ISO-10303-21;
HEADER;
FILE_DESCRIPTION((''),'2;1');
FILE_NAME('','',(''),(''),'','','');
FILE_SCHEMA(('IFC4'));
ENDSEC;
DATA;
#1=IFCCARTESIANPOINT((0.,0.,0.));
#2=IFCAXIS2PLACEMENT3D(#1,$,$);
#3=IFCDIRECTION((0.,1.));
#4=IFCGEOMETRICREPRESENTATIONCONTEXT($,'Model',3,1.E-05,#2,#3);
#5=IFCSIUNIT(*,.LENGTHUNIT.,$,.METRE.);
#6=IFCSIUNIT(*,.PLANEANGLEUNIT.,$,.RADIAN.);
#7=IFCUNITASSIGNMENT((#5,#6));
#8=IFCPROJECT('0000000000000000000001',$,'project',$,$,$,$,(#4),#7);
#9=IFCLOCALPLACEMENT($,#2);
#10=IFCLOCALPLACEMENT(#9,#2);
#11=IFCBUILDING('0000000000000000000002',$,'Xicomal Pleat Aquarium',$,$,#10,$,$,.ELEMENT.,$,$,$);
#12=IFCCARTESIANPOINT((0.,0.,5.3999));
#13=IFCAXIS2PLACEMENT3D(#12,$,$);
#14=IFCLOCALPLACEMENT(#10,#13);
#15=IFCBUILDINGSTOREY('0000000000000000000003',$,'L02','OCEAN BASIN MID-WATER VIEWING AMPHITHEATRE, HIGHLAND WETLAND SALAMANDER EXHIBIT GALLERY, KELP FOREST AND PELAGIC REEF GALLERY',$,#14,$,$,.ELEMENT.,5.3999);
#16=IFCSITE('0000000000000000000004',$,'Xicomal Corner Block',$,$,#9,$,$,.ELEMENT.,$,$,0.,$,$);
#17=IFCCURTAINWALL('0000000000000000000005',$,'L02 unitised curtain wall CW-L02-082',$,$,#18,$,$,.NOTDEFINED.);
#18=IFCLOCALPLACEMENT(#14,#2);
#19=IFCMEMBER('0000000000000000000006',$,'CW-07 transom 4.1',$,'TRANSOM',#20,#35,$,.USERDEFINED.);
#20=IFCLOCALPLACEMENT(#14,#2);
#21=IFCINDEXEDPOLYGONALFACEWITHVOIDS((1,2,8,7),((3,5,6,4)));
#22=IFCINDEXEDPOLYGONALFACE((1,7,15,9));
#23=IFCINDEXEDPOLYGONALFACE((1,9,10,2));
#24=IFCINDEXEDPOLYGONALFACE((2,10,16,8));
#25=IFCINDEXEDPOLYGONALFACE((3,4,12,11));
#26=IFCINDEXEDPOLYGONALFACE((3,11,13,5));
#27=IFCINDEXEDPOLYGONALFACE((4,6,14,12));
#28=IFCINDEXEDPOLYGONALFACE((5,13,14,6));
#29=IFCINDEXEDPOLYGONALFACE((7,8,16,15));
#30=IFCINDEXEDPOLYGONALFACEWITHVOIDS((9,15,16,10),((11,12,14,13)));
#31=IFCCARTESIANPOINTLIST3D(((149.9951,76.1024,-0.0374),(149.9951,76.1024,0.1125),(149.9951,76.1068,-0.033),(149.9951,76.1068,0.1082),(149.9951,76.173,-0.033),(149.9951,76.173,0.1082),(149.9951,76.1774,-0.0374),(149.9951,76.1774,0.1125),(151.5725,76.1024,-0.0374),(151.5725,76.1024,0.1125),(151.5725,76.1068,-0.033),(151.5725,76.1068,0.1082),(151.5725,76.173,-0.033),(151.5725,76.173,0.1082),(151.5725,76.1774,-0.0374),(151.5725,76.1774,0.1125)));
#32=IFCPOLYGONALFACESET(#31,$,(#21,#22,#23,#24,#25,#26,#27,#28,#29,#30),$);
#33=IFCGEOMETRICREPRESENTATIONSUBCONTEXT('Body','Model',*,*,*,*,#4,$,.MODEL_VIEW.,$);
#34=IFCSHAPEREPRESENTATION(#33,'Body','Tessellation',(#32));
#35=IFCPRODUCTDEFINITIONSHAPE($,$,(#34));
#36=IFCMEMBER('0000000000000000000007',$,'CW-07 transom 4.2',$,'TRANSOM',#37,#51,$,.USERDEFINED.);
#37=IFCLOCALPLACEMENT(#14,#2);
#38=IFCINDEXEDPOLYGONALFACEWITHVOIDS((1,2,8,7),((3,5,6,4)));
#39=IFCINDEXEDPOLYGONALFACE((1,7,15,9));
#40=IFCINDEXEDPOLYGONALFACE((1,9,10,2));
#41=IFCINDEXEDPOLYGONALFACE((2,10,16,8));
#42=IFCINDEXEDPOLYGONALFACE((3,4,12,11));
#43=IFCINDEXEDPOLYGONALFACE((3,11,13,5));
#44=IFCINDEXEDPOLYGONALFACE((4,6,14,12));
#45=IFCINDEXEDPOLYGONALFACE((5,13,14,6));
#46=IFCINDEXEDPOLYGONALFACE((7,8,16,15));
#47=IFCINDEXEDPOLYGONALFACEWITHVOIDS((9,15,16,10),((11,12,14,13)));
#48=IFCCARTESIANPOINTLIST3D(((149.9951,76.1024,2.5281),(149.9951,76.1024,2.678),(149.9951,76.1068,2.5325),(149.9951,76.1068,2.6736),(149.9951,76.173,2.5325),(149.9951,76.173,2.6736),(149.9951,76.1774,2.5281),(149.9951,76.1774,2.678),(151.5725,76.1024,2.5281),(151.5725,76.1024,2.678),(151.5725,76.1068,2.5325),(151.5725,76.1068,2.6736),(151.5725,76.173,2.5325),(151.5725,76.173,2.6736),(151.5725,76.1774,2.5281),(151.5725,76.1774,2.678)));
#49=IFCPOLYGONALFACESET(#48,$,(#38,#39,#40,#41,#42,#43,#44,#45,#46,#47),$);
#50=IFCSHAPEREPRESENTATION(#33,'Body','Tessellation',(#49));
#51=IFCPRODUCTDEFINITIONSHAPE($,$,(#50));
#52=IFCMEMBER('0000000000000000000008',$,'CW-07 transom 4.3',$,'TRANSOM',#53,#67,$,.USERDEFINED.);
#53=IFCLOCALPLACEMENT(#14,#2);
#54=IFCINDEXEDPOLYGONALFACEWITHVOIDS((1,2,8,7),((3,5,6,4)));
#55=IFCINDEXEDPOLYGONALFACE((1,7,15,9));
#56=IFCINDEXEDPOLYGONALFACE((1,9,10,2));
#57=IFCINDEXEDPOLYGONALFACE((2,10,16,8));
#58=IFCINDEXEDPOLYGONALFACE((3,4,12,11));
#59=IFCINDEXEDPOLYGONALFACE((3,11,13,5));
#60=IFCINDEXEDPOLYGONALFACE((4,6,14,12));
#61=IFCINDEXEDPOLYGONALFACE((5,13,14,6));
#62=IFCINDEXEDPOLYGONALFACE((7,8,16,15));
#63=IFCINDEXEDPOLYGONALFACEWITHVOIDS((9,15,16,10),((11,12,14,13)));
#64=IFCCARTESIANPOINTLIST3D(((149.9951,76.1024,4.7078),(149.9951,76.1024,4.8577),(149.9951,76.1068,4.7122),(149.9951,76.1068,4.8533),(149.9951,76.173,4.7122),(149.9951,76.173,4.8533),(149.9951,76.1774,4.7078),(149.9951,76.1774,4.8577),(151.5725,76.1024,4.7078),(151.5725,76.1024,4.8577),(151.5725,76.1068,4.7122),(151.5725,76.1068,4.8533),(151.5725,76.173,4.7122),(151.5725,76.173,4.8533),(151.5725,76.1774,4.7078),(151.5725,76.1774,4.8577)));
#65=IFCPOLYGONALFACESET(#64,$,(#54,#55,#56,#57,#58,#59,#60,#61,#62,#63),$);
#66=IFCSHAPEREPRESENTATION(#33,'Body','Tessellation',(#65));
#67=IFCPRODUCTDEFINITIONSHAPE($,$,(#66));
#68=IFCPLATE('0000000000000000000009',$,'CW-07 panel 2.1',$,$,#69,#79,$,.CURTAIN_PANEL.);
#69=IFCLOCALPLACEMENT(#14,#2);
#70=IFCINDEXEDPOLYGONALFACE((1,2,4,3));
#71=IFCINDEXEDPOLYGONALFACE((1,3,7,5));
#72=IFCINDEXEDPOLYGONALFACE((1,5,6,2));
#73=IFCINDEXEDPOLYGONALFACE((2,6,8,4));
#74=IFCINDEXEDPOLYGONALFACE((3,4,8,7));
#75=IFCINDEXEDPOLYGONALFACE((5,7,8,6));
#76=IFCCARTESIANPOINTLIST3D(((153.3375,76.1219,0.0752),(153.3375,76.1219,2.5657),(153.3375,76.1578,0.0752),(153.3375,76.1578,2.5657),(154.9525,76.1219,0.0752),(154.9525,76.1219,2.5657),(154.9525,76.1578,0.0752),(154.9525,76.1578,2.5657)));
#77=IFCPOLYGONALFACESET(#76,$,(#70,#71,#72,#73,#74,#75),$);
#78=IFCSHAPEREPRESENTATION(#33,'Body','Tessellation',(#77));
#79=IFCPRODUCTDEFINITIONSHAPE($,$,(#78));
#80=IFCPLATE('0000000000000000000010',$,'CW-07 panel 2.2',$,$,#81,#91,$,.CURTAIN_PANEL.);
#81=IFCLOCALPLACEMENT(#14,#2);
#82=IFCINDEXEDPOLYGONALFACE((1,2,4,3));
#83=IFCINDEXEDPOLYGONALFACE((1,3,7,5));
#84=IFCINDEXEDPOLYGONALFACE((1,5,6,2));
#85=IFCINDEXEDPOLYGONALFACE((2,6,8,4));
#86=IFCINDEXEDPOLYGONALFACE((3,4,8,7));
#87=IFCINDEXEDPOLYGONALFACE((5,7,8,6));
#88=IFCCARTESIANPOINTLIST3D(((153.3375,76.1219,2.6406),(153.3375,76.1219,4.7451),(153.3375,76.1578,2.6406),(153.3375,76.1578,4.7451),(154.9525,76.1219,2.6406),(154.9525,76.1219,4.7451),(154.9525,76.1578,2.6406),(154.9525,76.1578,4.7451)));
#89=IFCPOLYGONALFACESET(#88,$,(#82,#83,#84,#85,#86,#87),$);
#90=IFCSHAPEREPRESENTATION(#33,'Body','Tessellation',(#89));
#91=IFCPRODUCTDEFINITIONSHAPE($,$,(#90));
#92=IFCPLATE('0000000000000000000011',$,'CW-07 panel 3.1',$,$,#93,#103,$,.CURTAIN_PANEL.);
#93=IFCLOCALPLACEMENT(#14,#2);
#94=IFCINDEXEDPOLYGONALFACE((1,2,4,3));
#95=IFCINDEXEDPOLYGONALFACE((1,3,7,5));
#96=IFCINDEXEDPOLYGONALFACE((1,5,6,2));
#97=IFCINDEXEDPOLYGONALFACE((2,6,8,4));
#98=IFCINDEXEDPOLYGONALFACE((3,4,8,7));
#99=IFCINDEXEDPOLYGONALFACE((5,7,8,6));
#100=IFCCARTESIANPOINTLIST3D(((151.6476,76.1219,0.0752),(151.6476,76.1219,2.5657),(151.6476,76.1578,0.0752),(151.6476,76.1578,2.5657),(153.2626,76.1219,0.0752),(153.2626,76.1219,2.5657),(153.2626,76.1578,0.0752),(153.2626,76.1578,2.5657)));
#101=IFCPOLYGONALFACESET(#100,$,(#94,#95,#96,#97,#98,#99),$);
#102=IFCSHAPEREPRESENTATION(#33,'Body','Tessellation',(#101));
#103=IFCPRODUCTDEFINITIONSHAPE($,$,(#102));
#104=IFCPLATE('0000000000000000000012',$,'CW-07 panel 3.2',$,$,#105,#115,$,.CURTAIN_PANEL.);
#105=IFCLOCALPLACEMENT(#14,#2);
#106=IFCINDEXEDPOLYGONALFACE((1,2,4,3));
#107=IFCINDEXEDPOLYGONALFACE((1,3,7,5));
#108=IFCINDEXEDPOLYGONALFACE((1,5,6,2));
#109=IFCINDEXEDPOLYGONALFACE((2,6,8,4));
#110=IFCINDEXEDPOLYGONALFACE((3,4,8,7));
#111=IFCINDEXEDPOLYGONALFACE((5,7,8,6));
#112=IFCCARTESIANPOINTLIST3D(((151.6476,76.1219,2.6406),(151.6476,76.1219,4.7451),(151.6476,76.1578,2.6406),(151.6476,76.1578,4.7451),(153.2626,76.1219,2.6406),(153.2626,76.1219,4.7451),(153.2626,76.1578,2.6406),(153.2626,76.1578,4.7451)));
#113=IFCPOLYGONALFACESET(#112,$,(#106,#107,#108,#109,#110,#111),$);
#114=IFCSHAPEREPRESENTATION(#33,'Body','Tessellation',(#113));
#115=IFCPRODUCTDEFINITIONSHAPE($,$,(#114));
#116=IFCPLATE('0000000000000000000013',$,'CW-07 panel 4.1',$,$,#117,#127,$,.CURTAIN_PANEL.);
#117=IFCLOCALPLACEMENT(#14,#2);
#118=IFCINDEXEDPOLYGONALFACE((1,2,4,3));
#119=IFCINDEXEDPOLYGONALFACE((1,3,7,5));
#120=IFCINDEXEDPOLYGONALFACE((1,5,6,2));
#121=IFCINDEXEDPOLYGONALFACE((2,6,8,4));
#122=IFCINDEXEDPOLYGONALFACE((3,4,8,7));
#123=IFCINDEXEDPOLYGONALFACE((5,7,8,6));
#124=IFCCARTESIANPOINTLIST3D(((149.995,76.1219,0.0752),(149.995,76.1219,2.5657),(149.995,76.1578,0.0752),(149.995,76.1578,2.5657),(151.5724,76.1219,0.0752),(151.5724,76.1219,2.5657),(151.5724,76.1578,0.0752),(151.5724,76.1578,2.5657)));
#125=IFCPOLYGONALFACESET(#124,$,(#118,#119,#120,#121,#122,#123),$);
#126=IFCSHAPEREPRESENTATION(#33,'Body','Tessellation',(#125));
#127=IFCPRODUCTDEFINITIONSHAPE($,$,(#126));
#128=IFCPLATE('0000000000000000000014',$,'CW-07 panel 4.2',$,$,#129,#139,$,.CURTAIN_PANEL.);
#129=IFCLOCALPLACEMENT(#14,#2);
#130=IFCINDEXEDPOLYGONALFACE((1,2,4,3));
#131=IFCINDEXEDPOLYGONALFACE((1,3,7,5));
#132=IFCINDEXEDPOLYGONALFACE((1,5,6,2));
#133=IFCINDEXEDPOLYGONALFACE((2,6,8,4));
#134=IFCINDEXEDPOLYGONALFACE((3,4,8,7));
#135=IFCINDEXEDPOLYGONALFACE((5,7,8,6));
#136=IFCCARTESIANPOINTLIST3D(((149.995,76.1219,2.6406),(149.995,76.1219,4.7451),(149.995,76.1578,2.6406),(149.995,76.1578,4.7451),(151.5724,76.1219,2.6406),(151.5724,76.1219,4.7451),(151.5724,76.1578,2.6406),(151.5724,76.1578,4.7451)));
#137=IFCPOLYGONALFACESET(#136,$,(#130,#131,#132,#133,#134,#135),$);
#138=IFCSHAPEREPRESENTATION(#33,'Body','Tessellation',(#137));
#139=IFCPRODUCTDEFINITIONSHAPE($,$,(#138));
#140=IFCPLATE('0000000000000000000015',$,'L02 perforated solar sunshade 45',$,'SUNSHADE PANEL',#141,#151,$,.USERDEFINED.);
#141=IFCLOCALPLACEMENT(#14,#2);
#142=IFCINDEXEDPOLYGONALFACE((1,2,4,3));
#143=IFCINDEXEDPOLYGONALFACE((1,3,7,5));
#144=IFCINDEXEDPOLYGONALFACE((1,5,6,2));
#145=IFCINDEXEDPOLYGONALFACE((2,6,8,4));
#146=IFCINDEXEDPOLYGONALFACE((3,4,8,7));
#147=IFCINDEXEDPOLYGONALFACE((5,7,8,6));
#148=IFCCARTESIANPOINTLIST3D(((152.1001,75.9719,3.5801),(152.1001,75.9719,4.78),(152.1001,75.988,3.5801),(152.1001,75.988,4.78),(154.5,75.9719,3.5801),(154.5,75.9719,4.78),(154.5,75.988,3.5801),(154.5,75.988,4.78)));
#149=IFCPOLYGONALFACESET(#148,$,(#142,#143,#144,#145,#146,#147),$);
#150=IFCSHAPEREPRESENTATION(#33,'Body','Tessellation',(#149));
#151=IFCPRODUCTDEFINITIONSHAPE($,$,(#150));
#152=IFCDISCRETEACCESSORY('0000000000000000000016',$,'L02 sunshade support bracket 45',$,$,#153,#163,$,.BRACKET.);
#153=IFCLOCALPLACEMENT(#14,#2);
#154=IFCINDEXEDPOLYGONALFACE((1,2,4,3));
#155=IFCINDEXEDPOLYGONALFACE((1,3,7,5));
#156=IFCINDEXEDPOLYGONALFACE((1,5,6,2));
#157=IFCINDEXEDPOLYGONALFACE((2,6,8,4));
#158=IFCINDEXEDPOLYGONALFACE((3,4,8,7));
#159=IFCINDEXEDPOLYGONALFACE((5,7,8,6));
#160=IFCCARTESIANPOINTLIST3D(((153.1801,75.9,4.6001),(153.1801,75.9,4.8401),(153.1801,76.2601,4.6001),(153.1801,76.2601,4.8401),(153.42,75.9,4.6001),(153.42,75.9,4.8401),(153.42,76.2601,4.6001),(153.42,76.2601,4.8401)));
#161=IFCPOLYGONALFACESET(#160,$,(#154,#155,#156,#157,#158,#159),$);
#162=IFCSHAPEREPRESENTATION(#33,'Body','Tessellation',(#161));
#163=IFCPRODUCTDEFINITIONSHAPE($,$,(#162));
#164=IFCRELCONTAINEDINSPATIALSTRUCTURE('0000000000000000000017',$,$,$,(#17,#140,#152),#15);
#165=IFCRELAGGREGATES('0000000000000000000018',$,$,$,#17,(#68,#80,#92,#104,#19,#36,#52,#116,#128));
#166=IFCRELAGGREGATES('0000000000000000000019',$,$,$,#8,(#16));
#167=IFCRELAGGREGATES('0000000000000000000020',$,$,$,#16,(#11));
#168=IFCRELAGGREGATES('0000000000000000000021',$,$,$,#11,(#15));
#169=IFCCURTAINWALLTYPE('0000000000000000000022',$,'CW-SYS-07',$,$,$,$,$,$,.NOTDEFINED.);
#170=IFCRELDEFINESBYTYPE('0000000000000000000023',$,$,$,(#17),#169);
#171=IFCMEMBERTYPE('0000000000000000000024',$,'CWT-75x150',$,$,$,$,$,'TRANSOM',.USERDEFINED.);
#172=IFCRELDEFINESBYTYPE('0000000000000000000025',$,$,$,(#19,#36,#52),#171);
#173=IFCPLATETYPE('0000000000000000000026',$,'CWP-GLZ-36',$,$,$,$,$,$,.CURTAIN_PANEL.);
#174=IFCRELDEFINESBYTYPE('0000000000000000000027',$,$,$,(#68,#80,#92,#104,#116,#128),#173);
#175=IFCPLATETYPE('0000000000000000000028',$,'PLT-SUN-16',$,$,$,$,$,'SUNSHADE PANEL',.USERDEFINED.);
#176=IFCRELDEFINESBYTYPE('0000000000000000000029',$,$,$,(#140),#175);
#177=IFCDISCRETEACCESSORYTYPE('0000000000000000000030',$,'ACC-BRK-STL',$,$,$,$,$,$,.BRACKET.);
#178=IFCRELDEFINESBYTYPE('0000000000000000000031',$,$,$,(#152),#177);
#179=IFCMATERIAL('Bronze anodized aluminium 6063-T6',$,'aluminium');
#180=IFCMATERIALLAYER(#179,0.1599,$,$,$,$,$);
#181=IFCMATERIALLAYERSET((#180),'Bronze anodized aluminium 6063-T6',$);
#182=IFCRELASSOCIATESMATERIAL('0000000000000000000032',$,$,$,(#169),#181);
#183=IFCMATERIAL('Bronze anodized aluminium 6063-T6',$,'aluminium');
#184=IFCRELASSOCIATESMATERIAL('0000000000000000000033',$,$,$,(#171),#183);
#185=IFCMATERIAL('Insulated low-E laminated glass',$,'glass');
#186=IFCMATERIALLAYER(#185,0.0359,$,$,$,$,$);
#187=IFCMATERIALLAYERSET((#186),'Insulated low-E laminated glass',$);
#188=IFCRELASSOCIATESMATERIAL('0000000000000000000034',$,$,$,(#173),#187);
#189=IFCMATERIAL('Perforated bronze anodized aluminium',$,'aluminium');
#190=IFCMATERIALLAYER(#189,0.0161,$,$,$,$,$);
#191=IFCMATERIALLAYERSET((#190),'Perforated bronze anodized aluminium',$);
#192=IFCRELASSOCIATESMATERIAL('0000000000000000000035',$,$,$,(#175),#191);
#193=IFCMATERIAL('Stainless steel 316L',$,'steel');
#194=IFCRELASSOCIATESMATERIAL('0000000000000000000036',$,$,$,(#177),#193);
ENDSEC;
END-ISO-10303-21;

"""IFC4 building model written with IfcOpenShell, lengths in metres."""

from ifc_helpers import new_model, si_unit, direction, frame, origin, origin_2d, place, context, subcontext, project, spatial, rectangle, hollow_rectangle, extrude, material, layer, layer_set, material_profile, profile_set, type_object, element, aggregate, save


model = new_model("IFC4")

# Units and contexts
model_context = context("Model", 3, precision=1e-05, world=origin(), true_north=direction((0.0, 1.0)))
body_context = subcontext(model_context, "Body", "Model", "MODEL_VIEW")
ifc_project = project(units=[si_unit("LENGTHUNIT", "METRE"), si_unit("PLANEANGLEUNIT", "RADIAN")], contexts=[model_context])

# Site, building, storey
site_placement = place(None, origin())
site = spatial("IfcSite", under=ifc_project, at=site_placement, Name="Xicomal Corner Block", CompositionType="ELEMENT", RefElevation=0.0)
building_placement = place(site_placement, origin())
building = spatial("IfcBuilding", under=site, at=building_placement, Name="Xicomal Pleat Aquarium", CompositionType="ELEMENT")
storey_placement = place(building_placement, frame((0.0, 0.0, 5.3999)))
storey = spatial("IfcBuildingStorey", under=building, at=storey_placement, Name="L02", Description="OCEAN BASIN MID-WATER VIEWING AMPHITHEATRE, HIGHLAND WETLAND SALAMANDER EXHIBIT GALLERY, KELP FOREST AND PELAGIC REEF GALLERY", CompositionType="ELEMENT", Elevation=5.3999)

# Curtain wall, members, plates
ifc_material_1 = material(Name="Bronze anodized aluminium 6063-T6", Category="aluminium")
ifc_layer_1 = layer(ifc_material_1, 0.1599)
ifc_layer_set_1 = layer_set([ifc_layer_1], Name="Bronze anodized aluminium 6063-T6")
curtain_wall_type = type_object("IfcCurtainWallType", Name="CW-SYS-07", PredefinedType="NOTDEFINED", material=ifc_layer_set_1)
curtain_wall_placement = place(storey_placement, origin())
curtain_wall = element("IfcCurtainWall", 1, at=curtain_wall_placement, inside=storey, type_object=curtain_wall_type, Name="L02 unitised curtain wall CW-L02-082", PredefinedType="NOTDEFINED")
ifc_material_2 = material(Name="Bronze anodized aluminium 6063-T6", Category="aluminium")
ifc_material_profile_1 = material_profile(ifc_material_2, hollow_rectangle(XDim=0.075, YDim=0.1499, WallThickness=0.0044, at=origin_2d()), Name="ALU TRAN 75x150")
ifc_profile_set_1 = profile_set([ifc_material_profile_1], Name="Bronze anodized aluminium 6063-T6")
member_type_1 = type_object("IfcMemberType", Name="CWT-75x150", ElementType="TRANSOM", PredefinedType="USERDEFINED", material=ifc_profile_set_1)
member_1_placement = place(storey_placement, frame((151.5725, 76.1399, 0.0376), z_axis=(-1.0, 0.0, 0.0), x_axis=(0.0, -1.0, 0.0)))
member_1 = element("IfcMember", 2, at=member_1_placement, type_object=member_type_1, Name="CW-07 transom 4.1", ObjectType="TRANSOM", PredefinedType="USERDEFINED", context=body_context, shape_type="SweptSolid", body=[
    extrude(hollow_rectangle(XDim=0.075, YDim=0.1499, WallThickness=0.0044, at=origin_2d()), origin(), (0.0, 0.0, 1.0), 1.5774),
])
member_2_placement = place(storey_placement, frame((151.5725, 76.1399, 2.603), z_axis=(-1.0, 0.0, 0.0), x_axis=(0.0, -1.0, 0.0)))
member_2 = element("IfcMember", 3, at=member_2_placement, type_object=member_type_1, Name="CW-07 transom 4.2", ObjectType="TRANSOM", PredefinedType="USERDEFINED", context=body_context, shape_type="SweptSolid", body=[
    extrude(hollow_rectangle(XDim=0.075, YDim=0.1499, WallThickness=0.0044, at=origin_2d()), origin(), (0.0, 0.0, 1.0), 1.5774),
])
member_3_placement = place(storey_placement, frame((151.5725, 76.1399, 4.7827), z_axis=(-1.0, 0.0, 0.0), x_axis=(0.0, -1.0, 0.0)))
member_3 = element("IfcMember", 4, at=member_3_placement, type_object=member_type_1, Name="CW-07 transom 4.3", ObjectType="TRANSOM", PredefinedType="USERDEFINED", context=body_context, shape_type="SweptSolid", body=[
    extrude(hollow_rectangle(XDim=0.075, YDim=0.1499, WallThickness=0.0044, at=origin_2d()), origin(), (0.0, 0.0, 1.0), 1.5774),
])
ifc_material_3 = material(Name="Insulated low-E laminated glass", Category="glass")
ifc_layer_2 = layer(ifc_material_3, 0.0359)
ifc_layer_set_2 = layer_set([ifc_layer_2], Name="Insulated low-E laminated glass")
plate_type_1 = type_object("IfcPlateType", Name="CWP-GLZ-36", PredefinedType="CURTAIN_PANEL", material=ifc_layer_set_2)
plate_1_placement = place(storey_placement, frame((154.145, 76.1399, 0.0752), z_axis=(0.0, 0.0, 1.0), x_axis=(-1.0, 0.0, 0.0)))
plate_1 = element("IfcPlate", 5, at=plate_1_placement, type_object=plate_type_1, Name="CW-07 panel 2.1", PredefinedType="CURTAIN_PANEL", context=body_context, shape_type="SweptSolid", body=[
    extrude(rectangle(XDim=1.615, YDim=0.0359, at=origin_2d()), origin(), (0.0, 0.0, 1.0), 2.4905),
])
plate_2_placement = place(storey_placement, frame((154.145, 76.1399, 2.6406), z_axis=(0.0, 0.0, 1.0), x_axis=(-1.0, 0.0, 0.0)))
plate_2 = element("IfcPlate", 6, at=plate_2_placement, type_object=plate_type_1, Name="CW-07 panel 2.2", PredefinedType="CURTAIN_PANEL", context=body_context, shape_type="SweptSolid", body=[
    extrude(rectangle(XDim=1.615, YDim=0.0359, at=origin_2d()), origin(), (0.0, 0.0, 1.0), 2.1045),
])
plate_3_placement = place(storey_placement, frame((152.4551, 76.1399, 0.0752), z_axis=(0.0, 0.0, 1.0), x_axis=(-1.0, 0.0, 0.0)))
plate_3 = element("IfcPlate", 7, at=plate_3_placement, type_object=plate_type_1, Name="CW-07 panel 3.1", PredefinedType="CURTAIN_PANEL", context=body_context, shape_type="SweptSolid", body=[
    extrude(rectangle(XDim=1.615, YDim=0.0359, at=origin_2d()), origin(), (0.0, 0.0, 1.0), 2.4905),
])
plate_4_placement = place(storey_placement, frame((152.4551, 76.1399, 2.6406), z_axis=(0.0, 0.0, 1.0), x_axis=(-1.0, 0.0, 0.0)))
plate_4 = element("IfcPlate", 8, at=plate_4_placement, type_object=plate_type_1, Name="CW-07 panel 3.2", PredefinedType="CURTAIN_PANEL", context=body_context, shape_type="SweptSolid", body=[
    extrude(rectangle(XDim=1.615, YDim=0.0359, at=origin_2d()), origin(), (0.0, 0.0, 1.0), 2.1045),
])
plate_5_placement = place(storey_placement, frame((150.7837, 76.1399, 0.0752), z_axis=(0.0, 0.0, 1.0), x_axis=(-1.0, 0.0, 0.0)))
plate_5 = element("IfcPlate", 9, at=plate_5_placement, type_object=plate_type_1, Name="CW-07 panel 4.1", PredefinedType="CURTAIN_PANEL", context=body_context, shape_type="SweptSolid", body=[
    extrude(rectangle(XDim=1.5774, YDim=0.0359, at=origin_2d()), origin(), (0.0, 0.0, 1.0), 2.4905),
])
plate_6_placement = place(storey_placement, frame((150.7837, 76.1399, 2.6406), z_axis=(0.0, 0.0, 1.0), x_axis=(-1.0, 0.0, 0.0)))
plate_6 = element("IfcPlate", 10, at=plate_6_placement, type_object=plate_type_1, Name="CW-07 panel 4.2", PredefinedType="CURTAIN_PANEL", context=body_context, shape_type="SweptSolid", body=[
    extrude(rectangle(XDim=1.5774, YDim=0.0359, at=origin_2d()), origin(), (0.0, 0.0, 1.0), 2.1045),
])
aggregate(curtain_wall, [plate_1, plate_2, plate_3, plate_4, member_1, member_2, member_3, plate_5, plate_6])

# Plate
ifc_material_4 = material(Name="Perforated bronze anodized aluminium", Category="aluminium")
ifc_layer_3 = layer(ifc_material_4, 0.0161)
ifc_layer_set_3 = layer_set([ifc_layer_3], Name="Perforated bronze anodized aluminium")
plate_type_2 = type_object("IfcPlateType", Name="PLT-SUN-16", ElementType="SUNSHADE PANEL", PredefinedType="USERDEFINED", material=ifc_layer_set_3)
plate_7_placement = place(storey_placement, frame((153.3, 75.98, 3.5801), z_axis=(0.0, 0.0, 1.0), x_axis=(-1.0, 0.0, 0.0)))
element("IfcPlate", 11, at=plate_7_placement, inside=storey, type_object=plate_type_2, Name="L02 perforated solar sunshade 45", ObjectType="SUNSHADE PANEL", PredefinedType="USERDEFINED", context=body_context, shape_type="SweptSolid", body=[
    extrude(rectangle(XDim=2.3999, YDim=0.0161, at=origin_2d()), origin(), (0.0, 0.0, 1.0), 1.2),
])

# Discrete accessory
ifc_material_5 = material(Name="Stainless steel 316L", Category="steel")
discrete_accessory_type = type_object("IfcDiscreteAccessoryType", Name="ACC-BRK-STL", PredefinedType="BRACKET", material=ifc_material_5)
discrete_accessory_placement = place(storey_placement, frame((153.3, 76.0801, 4.6001), z_axis=(0.0, 0.0, 1.0), x_axis=(-1.0, 0.0, 0.0)))
element("IfcDiscreteAccessory", 12, at=discrete_accessory_placement, inside=storey, type_object=discrete_accessory_type, Name="L02 sunshade support bracket 45", PredefinedType="BRACKET", context=body_context, shape_type="SweptSolid", body=[
    extrude(rectangle(XDim=0.24, YDim=0.3601, at=origin_2d()), origin(), (0.0, 0.0, 1.0), 0.24),
])

save(model, "model.ifc")
